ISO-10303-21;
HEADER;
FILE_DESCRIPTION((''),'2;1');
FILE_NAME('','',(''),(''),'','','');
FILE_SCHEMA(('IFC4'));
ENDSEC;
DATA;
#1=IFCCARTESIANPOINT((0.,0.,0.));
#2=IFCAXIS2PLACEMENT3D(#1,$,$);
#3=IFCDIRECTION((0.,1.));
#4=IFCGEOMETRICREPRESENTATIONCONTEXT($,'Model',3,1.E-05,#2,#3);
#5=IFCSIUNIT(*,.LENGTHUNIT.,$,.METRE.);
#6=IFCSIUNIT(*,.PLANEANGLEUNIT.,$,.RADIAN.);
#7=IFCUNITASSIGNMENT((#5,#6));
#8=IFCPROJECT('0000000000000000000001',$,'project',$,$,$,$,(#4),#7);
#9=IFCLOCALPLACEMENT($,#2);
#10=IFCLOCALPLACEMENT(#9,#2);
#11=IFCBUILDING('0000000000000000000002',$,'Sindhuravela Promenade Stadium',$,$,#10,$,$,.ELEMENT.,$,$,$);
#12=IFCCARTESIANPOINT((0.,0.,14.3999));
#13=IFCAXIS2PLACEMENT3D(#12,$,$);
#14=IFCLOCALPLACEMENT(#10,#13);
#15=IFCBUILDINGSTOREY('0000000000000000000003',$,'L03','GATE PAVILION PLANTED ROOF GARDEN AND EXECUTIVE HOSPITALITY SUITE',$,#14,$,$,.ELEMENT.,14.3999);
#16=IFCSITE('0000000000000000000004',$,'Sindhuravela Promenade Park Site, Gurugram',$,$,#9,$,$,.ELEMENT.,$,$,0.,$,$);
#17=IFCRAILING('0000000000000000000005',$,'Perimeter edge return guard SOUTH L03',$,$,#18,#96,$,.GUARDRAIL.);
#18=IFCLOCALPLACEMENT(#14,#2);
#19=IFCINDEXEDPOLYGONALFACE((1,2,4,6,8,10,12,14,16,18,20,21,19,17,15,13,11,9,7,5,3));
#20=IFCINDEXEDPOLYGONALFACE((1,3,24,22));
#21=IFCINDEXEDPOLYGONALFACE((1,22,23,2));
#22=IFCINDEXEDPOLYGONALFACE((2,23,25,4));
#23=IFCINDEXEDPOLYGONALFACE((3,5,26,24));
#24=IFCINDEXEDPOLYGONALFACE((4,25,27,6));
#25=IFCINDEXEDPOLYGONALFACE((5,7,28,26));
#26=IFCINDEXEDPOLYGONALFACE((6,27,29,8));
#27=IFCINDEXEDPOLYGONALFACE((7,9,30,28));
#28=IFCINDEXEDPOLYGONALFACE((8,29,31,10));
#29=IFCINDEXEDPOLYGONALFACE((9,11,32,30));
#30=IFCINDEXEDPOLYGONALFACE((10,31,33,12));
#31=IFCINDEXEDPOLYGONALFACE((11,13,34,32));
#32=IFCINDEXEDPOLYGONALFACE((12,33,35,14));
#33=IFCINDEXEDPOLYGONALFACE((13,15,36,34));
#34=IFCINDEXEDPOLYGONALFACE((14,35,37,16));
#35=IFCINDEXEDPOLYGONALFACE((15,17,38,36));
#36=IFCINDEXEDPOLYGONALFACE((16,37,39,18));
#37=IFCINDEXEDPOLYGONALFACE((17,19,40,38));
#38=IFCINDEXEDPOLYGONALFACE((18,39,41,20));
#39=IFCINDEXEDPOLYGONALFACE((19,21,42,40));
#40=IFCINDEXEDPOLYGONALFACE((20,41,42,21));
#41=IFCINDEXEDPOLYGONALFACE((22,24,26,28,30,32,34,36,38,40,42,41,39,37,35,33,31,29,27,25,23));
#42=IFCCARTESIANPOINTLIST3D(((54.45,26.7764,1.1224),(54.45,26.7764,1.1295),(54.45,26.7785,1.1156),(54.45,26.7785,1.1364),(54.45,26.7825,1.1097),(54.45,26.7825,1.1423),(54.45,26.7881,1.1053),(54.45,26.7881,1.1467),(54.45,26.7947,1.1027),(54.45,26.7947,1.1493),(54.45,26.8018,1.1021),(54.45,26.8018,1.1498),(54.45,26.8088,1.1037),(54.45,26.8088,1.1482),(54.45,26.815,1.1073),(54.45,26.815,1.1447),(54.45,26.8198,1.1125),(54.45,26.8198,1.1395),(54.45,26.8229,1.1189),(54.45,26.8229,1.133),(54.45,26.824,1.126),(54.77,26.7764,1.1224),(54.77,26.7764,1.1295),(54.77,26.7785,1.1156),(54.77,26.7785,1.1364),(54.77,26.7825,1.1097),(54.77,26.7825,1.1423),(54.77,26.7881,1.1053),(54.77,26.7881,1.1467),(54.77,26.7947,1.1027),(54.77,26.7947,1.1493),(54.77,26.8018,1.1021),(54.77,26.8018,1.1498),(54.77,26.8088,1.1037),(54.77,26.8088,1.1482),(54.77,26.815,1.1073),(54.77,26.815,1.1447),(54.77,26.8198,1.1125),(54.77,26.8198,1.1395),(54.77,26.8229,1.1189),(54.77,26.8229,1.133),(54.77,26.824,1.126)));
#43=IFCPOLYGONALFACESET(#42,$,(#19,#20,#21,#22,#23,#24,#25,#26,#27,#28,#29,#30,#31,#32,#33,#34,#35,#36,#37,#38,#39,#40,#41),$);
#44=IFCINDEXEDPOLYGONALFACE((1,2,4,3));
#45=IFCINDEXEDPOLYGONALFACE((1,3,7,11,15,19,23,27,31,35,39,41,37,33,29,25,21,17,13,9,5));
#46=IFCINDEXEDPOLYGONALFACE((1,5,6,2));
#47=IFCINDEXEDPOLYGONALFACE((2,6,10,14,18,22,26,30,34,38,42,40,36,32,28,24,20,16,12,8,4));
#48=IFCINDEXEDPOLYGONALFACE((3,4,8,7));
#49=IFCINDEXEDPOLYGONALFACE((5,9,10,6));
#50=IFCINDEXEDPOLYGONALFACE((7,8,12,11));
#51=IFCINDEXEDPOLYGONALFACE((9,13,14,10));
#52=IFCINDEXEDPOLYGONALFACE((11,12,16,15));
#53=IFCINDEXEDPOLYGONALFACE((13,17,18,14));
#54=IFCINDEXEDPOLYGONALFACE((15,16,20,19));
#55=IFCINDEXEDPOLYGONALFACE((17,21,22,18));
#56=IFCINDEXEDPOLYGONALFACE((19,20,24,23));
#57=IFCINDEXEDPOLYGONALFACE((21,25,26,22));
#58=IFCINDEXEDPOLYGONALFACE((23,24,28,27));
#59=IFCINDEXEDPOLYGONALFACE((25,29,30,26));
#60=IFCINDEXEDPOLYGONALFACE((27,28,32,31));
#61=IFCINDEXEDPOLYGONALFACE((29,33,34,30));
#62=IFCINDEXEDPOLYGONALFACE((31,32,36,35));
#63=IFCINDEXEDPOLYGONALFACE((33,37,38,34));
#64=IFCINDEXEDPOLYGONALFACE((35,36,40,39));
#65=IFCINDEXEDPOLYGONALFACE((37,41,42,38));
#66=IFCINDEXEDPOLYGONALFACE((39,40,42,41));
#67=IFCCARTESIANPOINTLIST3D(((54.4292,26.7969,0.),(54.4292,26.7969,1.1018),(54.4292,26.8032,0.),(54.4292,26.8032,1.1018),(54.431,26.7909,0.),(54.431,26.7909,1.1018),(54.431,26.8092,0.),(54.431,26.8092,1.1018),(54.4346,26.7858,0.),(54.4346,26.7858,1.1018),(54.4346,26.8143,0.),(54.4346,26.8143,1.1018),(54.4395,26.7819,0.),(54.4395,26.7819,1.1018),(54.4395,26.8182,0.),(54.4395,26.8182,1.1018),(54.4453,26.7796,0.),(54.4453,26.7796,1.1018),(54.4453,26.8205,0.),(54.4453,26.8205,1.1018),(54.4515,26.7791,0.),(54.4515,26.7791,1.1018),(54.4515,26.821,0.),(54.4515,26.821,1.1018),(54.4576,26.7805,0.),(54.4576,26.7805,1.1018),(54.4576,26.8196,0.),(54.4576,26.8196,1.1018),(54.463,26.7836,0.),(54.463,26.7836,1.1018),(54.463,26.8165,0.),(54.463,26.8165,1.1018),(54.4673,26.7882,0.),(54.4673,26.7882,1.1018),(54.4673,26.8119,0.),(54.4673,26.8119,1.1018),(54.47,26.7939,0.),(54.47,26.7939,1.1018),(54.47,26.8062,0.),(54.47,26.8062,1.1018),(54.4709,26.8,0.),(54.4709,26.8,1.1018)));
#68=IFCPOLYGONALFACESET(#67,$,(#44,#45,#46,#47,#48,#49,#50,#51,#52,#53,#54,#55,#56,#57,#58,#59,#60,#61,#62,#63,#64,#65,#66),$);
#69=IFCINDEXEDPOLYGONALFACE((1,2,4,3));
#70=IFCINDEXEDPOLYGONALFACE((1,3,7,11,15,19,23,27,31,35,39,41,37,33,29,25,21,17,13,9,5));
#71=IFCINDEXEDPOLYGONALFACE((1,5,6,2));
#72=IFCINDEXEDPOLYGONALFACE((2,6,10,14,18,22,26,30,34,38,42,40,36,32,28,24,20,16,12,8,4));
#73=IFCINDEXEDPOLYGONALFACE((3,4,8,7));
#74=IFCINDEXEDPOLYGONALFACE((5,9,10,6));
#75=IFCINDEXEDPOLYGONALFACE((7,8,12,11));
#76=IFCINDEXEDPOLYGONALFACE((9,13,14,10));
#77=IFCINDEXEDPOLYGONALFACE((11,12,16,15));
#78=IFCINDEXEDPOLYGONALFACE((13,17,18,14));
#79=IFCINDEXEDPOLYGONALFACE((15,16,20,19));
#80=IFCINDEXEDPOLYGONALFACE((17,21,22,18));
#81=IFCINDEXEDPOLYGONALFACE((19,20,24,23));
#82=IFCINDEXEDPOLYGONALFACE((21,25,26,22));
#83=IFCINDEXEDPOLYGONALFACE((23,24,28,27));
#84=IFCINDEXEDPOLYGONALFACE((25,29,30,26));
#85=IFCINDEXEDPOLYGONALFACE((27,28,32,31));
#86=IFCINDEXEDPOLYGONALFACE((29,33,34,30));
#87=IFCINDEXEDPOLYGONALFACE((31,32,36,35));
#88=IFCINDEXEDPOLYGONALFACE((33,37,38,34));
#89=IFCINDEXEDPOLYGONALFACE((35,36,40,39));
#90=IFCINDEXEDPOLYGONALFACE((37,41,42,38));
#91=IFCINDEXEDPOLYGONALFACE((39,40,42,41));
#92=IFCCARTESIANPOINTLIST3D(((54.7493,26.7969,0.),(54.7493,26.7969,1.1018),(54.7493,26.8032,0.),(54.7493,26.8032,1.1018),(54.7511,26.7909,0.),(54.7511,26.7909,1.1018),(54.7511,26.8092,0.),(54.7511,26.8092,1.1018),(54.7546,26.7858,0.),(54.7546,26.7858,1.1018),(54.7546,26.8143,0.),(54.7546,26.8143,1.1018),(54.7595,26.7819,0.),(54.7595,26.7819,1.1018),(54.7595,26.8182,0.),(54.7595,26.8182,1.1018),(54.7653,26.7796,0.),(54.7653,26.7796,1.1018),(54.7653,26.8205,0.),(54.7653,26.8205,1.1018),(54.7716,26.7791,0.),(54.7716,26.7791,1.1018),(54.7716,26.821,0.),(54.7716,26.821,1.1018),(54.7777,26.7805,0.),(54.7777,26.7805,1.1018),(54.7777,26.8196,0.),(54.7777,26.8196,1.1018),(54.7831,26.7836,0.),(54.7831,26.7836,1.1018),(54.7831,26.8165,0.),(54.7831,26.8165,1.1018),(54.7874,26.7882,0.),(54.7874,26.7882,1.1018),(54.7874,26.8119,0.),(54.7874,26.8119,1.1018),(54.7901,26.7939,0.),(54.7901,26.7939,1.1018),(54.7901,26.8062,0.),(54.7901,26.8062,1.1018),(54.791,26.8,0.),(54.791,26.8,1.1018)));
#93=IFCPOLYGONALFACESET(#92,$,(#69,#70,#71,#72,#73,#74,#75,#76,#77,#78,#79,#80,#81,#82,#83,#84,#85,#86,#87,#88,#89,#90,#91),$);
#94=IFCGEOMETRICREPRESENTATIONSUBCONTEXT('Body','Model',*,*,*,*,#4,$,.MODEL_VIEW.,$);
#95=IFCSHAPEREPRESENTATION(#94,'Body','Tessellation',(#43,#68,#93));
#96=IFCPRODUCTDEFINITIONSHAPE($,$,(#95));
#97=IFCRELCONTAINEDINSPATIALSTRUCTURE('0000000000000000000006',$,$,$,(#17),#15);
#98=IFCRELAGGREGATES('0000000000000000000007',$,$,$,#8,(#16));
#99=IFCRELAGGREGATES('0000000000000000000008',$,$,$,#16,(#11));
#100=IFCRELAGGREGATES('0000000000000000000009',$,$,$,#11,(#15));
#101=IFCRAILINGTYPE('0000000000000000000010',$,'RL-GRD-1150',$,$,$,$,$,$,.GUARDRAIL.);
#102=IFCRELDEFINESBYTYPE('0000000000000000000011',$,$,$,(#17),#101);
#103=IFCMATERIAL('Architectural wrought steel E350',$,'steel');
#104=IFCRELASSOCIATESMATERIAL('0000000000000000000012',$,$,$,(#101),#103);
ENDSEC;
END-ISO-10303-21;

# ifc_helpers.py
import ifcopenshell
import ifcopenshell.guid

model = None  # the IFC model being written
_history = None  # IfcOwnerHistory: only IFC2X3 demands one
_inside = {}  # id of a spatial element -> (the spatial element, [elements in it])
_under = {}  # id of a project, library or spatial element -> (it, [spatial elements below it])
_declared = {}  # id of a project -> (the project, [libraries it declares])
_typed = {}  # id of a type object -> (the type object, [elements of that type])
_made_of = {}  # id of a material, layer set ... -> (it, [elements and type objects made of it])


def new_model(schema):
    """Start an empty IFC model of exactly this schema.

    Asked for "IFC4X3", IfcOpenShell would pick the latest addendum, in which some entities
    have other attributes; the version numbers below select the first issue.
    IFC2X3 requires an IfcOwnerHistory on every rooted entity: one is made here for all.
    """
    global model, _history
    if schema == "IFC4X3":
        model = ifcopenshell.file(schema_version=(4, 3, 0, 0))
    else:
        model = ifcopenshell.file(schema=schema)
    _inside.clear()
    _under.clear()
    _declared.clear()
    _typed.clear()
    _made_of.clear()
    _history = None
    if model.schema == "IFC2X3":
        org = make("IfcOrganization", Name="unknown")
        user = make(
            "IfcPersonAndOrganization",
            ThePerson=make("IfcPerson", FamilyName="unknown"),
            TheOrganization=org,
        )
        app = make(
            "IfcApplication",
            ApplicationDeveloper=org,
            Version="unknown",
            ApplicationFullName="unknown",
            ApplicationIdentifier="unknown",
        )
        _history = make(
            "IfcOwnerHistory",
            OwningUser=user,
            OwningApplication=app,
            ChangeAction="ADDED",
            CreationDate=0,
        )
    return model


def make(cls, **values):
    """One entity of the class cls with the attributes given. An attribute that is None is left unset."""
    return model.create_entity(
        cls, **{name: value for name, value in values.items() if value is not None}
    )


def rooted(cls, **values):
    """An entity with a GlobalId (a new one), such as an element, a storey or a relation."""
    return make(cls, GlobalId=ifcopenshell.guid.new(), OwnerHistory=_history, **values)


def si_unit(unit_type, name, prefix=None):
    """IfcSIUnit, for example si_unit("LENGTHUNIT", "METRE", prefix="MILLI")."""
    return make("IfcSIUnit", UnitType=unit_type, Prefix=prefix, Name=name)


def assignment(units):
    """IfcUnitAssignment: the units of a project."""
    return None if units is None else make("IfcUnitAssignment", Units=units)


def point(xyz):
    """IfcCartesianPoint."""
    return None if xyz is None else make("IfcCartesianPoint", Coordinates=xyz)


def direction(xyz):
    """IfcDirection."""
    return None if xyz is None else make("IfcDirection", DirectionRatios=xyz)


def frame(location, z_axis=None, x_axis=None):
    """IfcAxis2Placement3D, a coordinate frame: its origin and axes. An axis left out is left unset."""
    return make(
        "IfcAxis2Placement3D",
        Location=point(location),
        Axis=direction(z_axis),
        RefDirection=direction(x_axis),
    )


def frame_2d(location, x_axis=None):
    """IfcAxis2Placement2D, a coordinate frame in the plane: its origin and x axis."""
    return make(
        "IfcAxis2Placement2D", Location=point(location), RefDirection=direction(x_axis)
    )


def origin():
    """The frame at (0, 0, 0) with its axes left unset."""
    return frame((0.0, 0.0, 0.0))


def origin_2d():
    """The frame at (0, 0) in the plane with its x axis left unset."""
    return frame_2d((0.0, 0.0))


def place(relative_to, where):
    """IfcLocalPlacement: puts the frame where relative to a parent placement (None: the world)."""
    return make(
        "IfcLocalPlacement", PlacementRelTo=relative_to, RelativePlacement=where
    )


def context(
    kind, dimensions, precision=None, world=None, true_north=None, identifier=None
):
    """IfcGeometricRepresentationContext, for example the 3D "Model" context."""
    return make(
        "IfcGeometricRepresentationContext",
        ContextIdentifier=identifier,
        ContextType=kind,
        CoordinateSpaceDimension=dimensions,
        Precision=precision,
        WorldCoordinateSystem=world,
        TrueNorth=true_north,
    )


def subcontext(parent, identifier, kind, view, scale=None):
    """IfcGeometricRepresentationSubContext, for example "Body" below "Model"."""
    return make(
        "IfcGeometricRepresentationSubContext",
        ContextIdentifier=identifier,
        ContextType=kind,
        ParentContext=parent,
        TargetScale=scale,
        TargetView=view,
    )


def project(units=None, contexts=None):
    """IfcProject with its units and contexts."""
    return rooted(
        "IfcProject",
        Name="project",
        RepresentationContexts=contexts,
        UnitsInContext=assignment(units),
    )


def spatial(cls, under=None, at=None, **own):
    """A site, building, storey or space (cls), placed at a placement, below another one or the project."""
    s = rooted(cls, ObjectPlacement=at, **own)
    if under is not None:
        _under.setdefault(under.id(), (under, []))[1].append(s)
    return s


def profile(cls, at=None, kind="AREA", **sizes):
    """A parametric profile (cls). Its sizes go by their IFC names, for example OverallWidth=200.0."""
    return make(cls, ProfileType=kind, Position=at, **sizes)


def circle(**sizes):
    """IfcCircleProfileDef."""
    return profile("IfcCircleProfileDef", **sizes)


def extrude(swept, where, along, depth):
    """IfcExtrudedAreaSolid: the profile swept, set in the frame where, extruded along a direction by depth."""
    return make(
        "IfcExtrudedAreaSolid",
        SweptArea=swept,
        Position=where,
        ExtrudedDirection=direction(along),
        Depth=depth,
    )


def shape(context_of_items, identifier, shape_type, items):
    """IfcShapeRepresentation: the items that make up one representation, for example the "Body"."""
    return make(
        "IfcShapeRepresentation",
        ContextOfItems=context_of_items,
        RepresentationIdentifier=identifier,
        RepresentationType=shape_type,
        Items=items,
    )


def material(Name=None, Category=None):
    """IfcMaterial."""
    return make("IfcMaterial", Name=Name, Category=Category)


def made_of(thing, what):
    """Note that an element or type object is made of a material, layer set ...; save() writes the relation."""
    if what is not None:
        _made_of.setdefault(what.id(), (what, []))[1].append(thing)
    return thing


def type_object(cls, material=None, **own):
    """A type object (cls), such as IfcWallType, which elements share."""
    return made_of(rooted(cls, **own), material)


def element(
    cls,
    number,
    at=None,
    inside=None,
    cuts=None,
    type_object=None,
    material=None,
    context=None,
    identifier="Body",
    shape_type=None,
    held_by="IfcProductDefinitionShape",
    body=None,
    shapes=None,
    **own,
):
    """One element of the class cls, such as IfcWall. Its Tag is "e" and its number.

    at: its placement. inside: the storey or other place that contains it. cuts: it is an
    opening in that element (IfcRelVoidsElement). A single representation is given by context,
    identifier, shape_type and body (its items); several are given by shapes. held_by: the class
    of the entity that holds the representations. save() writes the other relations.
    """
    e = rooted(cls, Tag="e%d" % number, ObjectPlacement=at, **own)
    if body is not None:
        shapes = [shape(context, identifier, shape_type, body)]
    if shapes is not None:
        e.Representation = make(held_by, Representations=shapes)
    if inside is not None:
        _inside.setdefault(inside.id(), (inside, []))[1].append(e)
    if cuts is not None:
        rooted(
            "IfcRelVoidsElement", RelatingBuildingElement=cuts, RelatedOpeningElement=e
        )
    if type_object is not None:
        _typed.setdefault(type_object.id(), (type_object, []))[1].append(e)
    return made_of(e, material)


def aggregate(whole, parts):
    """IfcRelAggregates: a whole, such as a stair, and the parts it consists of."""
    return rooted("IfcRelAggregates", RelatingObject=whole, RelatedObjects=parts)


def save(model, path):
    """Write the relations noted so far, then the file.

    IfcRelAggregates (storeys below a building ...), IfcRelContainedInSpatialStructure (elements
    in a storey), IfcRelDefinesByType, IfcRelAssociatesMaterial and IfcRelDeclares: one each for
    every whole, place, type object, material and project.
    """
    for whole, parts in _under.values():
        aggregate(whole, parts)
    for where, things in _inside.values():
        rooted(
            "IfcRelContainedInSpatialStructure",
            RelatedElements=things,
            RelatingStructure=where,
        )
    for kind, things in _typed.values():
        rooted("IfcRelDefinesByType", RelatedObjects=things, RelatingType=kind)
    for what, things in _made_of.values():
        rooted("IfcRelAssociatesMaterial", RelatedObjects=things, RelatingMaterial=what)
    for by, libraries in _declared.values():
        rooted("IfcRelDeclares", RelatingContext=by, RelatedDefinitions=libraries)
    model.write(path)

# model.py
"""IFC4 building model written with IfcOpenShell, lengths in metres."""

from ifc_helpers import new_model, si_unit, direction, frame, origin, origin_2d, place, context, subcontext, project, spatial, circle, extrude, material, type_object, element, save


model = new_model("IFC4")

# Units and contexts
model_context = context("Model", 3, precision=1e-05, world=origin(), true_north=direction((0.0, 1.0)))
body_context = subcontext(model_context, "Body", "Model", "MODEL_VIEW")
ifc_project = project(units=[si_unit("LENGTHUNIT", "METRE"), si_unit("PLANEANGLEUNIT", "RADIAN")], contexts=[model_context])

# Site, building, storey
site_placement = place(None, origin())
site = spatial("IfcSite", under=ifc_project, at=site_placement, Name="Sindhuravela Promenade Park Site, Gurugram", CompositionType="ELEMENT", RefElevation=0.0)
building_placement = place(site_placement, origin())
building = spatial("IfcBuilding", under=site, at=building_placement, Name="Sindhuravela Promenade Stadium", CompositionType="ELEMENT")
storey_placement = place(building_placement, frame((0.0, 0.0, 14.3999)))
storey = spatial("IfcBuildingStorey", under=building, at=storey_placement, Name="L03", Description="GATE PAVILION PLANTED ROOF GARDEN AND EXECUTIVE HOSPITALITY SUITE", CompositionType="ELEMENT", Elevation=14.3999)

# Shared definitions
ifc_material_1 = material(Name="Architectural wrought steel E350", Category="steel")

# Railing
railing_type_1 = type_object("IfcRailingType", Name="RL-GRD-1150", PredefinedType="GUARDRAIL", material=ifc_material_1)
railing_1_placement = place(storey_placement, frame((54.45, 26.8, 0.0)))
element("IfcRailing", 1, at=railing_1_placement, inside=storey, type_object=railing_type_1, Name="Perimeter edge return guard SOUTH L03", PredefinedType="GUARDRAIL", context=body_context, shape_type="SweptSolid", body=[
    extrude(circle(Radius=0.0239, at=origin_2d()), frame((0.0, 0.0, 1.126), z_axis=(1.0, 0.0, 0.0), x_axis=(0.0, 1.0, 0.0)), (0.0, 0.0, 1.0), 0.3201),
    extrude(circle(Radius=0.021, at=origin_2d()), origin(), (0.0, 0.0, 1.0), 1.1018),
    extrude(circle(Radius=0.021, at=origin_2d()), frame((0.3201, 0.0, 0.0)), (0.0, 0.0, 1.0), 1.1018),
])

save(model, "model.ifc")
